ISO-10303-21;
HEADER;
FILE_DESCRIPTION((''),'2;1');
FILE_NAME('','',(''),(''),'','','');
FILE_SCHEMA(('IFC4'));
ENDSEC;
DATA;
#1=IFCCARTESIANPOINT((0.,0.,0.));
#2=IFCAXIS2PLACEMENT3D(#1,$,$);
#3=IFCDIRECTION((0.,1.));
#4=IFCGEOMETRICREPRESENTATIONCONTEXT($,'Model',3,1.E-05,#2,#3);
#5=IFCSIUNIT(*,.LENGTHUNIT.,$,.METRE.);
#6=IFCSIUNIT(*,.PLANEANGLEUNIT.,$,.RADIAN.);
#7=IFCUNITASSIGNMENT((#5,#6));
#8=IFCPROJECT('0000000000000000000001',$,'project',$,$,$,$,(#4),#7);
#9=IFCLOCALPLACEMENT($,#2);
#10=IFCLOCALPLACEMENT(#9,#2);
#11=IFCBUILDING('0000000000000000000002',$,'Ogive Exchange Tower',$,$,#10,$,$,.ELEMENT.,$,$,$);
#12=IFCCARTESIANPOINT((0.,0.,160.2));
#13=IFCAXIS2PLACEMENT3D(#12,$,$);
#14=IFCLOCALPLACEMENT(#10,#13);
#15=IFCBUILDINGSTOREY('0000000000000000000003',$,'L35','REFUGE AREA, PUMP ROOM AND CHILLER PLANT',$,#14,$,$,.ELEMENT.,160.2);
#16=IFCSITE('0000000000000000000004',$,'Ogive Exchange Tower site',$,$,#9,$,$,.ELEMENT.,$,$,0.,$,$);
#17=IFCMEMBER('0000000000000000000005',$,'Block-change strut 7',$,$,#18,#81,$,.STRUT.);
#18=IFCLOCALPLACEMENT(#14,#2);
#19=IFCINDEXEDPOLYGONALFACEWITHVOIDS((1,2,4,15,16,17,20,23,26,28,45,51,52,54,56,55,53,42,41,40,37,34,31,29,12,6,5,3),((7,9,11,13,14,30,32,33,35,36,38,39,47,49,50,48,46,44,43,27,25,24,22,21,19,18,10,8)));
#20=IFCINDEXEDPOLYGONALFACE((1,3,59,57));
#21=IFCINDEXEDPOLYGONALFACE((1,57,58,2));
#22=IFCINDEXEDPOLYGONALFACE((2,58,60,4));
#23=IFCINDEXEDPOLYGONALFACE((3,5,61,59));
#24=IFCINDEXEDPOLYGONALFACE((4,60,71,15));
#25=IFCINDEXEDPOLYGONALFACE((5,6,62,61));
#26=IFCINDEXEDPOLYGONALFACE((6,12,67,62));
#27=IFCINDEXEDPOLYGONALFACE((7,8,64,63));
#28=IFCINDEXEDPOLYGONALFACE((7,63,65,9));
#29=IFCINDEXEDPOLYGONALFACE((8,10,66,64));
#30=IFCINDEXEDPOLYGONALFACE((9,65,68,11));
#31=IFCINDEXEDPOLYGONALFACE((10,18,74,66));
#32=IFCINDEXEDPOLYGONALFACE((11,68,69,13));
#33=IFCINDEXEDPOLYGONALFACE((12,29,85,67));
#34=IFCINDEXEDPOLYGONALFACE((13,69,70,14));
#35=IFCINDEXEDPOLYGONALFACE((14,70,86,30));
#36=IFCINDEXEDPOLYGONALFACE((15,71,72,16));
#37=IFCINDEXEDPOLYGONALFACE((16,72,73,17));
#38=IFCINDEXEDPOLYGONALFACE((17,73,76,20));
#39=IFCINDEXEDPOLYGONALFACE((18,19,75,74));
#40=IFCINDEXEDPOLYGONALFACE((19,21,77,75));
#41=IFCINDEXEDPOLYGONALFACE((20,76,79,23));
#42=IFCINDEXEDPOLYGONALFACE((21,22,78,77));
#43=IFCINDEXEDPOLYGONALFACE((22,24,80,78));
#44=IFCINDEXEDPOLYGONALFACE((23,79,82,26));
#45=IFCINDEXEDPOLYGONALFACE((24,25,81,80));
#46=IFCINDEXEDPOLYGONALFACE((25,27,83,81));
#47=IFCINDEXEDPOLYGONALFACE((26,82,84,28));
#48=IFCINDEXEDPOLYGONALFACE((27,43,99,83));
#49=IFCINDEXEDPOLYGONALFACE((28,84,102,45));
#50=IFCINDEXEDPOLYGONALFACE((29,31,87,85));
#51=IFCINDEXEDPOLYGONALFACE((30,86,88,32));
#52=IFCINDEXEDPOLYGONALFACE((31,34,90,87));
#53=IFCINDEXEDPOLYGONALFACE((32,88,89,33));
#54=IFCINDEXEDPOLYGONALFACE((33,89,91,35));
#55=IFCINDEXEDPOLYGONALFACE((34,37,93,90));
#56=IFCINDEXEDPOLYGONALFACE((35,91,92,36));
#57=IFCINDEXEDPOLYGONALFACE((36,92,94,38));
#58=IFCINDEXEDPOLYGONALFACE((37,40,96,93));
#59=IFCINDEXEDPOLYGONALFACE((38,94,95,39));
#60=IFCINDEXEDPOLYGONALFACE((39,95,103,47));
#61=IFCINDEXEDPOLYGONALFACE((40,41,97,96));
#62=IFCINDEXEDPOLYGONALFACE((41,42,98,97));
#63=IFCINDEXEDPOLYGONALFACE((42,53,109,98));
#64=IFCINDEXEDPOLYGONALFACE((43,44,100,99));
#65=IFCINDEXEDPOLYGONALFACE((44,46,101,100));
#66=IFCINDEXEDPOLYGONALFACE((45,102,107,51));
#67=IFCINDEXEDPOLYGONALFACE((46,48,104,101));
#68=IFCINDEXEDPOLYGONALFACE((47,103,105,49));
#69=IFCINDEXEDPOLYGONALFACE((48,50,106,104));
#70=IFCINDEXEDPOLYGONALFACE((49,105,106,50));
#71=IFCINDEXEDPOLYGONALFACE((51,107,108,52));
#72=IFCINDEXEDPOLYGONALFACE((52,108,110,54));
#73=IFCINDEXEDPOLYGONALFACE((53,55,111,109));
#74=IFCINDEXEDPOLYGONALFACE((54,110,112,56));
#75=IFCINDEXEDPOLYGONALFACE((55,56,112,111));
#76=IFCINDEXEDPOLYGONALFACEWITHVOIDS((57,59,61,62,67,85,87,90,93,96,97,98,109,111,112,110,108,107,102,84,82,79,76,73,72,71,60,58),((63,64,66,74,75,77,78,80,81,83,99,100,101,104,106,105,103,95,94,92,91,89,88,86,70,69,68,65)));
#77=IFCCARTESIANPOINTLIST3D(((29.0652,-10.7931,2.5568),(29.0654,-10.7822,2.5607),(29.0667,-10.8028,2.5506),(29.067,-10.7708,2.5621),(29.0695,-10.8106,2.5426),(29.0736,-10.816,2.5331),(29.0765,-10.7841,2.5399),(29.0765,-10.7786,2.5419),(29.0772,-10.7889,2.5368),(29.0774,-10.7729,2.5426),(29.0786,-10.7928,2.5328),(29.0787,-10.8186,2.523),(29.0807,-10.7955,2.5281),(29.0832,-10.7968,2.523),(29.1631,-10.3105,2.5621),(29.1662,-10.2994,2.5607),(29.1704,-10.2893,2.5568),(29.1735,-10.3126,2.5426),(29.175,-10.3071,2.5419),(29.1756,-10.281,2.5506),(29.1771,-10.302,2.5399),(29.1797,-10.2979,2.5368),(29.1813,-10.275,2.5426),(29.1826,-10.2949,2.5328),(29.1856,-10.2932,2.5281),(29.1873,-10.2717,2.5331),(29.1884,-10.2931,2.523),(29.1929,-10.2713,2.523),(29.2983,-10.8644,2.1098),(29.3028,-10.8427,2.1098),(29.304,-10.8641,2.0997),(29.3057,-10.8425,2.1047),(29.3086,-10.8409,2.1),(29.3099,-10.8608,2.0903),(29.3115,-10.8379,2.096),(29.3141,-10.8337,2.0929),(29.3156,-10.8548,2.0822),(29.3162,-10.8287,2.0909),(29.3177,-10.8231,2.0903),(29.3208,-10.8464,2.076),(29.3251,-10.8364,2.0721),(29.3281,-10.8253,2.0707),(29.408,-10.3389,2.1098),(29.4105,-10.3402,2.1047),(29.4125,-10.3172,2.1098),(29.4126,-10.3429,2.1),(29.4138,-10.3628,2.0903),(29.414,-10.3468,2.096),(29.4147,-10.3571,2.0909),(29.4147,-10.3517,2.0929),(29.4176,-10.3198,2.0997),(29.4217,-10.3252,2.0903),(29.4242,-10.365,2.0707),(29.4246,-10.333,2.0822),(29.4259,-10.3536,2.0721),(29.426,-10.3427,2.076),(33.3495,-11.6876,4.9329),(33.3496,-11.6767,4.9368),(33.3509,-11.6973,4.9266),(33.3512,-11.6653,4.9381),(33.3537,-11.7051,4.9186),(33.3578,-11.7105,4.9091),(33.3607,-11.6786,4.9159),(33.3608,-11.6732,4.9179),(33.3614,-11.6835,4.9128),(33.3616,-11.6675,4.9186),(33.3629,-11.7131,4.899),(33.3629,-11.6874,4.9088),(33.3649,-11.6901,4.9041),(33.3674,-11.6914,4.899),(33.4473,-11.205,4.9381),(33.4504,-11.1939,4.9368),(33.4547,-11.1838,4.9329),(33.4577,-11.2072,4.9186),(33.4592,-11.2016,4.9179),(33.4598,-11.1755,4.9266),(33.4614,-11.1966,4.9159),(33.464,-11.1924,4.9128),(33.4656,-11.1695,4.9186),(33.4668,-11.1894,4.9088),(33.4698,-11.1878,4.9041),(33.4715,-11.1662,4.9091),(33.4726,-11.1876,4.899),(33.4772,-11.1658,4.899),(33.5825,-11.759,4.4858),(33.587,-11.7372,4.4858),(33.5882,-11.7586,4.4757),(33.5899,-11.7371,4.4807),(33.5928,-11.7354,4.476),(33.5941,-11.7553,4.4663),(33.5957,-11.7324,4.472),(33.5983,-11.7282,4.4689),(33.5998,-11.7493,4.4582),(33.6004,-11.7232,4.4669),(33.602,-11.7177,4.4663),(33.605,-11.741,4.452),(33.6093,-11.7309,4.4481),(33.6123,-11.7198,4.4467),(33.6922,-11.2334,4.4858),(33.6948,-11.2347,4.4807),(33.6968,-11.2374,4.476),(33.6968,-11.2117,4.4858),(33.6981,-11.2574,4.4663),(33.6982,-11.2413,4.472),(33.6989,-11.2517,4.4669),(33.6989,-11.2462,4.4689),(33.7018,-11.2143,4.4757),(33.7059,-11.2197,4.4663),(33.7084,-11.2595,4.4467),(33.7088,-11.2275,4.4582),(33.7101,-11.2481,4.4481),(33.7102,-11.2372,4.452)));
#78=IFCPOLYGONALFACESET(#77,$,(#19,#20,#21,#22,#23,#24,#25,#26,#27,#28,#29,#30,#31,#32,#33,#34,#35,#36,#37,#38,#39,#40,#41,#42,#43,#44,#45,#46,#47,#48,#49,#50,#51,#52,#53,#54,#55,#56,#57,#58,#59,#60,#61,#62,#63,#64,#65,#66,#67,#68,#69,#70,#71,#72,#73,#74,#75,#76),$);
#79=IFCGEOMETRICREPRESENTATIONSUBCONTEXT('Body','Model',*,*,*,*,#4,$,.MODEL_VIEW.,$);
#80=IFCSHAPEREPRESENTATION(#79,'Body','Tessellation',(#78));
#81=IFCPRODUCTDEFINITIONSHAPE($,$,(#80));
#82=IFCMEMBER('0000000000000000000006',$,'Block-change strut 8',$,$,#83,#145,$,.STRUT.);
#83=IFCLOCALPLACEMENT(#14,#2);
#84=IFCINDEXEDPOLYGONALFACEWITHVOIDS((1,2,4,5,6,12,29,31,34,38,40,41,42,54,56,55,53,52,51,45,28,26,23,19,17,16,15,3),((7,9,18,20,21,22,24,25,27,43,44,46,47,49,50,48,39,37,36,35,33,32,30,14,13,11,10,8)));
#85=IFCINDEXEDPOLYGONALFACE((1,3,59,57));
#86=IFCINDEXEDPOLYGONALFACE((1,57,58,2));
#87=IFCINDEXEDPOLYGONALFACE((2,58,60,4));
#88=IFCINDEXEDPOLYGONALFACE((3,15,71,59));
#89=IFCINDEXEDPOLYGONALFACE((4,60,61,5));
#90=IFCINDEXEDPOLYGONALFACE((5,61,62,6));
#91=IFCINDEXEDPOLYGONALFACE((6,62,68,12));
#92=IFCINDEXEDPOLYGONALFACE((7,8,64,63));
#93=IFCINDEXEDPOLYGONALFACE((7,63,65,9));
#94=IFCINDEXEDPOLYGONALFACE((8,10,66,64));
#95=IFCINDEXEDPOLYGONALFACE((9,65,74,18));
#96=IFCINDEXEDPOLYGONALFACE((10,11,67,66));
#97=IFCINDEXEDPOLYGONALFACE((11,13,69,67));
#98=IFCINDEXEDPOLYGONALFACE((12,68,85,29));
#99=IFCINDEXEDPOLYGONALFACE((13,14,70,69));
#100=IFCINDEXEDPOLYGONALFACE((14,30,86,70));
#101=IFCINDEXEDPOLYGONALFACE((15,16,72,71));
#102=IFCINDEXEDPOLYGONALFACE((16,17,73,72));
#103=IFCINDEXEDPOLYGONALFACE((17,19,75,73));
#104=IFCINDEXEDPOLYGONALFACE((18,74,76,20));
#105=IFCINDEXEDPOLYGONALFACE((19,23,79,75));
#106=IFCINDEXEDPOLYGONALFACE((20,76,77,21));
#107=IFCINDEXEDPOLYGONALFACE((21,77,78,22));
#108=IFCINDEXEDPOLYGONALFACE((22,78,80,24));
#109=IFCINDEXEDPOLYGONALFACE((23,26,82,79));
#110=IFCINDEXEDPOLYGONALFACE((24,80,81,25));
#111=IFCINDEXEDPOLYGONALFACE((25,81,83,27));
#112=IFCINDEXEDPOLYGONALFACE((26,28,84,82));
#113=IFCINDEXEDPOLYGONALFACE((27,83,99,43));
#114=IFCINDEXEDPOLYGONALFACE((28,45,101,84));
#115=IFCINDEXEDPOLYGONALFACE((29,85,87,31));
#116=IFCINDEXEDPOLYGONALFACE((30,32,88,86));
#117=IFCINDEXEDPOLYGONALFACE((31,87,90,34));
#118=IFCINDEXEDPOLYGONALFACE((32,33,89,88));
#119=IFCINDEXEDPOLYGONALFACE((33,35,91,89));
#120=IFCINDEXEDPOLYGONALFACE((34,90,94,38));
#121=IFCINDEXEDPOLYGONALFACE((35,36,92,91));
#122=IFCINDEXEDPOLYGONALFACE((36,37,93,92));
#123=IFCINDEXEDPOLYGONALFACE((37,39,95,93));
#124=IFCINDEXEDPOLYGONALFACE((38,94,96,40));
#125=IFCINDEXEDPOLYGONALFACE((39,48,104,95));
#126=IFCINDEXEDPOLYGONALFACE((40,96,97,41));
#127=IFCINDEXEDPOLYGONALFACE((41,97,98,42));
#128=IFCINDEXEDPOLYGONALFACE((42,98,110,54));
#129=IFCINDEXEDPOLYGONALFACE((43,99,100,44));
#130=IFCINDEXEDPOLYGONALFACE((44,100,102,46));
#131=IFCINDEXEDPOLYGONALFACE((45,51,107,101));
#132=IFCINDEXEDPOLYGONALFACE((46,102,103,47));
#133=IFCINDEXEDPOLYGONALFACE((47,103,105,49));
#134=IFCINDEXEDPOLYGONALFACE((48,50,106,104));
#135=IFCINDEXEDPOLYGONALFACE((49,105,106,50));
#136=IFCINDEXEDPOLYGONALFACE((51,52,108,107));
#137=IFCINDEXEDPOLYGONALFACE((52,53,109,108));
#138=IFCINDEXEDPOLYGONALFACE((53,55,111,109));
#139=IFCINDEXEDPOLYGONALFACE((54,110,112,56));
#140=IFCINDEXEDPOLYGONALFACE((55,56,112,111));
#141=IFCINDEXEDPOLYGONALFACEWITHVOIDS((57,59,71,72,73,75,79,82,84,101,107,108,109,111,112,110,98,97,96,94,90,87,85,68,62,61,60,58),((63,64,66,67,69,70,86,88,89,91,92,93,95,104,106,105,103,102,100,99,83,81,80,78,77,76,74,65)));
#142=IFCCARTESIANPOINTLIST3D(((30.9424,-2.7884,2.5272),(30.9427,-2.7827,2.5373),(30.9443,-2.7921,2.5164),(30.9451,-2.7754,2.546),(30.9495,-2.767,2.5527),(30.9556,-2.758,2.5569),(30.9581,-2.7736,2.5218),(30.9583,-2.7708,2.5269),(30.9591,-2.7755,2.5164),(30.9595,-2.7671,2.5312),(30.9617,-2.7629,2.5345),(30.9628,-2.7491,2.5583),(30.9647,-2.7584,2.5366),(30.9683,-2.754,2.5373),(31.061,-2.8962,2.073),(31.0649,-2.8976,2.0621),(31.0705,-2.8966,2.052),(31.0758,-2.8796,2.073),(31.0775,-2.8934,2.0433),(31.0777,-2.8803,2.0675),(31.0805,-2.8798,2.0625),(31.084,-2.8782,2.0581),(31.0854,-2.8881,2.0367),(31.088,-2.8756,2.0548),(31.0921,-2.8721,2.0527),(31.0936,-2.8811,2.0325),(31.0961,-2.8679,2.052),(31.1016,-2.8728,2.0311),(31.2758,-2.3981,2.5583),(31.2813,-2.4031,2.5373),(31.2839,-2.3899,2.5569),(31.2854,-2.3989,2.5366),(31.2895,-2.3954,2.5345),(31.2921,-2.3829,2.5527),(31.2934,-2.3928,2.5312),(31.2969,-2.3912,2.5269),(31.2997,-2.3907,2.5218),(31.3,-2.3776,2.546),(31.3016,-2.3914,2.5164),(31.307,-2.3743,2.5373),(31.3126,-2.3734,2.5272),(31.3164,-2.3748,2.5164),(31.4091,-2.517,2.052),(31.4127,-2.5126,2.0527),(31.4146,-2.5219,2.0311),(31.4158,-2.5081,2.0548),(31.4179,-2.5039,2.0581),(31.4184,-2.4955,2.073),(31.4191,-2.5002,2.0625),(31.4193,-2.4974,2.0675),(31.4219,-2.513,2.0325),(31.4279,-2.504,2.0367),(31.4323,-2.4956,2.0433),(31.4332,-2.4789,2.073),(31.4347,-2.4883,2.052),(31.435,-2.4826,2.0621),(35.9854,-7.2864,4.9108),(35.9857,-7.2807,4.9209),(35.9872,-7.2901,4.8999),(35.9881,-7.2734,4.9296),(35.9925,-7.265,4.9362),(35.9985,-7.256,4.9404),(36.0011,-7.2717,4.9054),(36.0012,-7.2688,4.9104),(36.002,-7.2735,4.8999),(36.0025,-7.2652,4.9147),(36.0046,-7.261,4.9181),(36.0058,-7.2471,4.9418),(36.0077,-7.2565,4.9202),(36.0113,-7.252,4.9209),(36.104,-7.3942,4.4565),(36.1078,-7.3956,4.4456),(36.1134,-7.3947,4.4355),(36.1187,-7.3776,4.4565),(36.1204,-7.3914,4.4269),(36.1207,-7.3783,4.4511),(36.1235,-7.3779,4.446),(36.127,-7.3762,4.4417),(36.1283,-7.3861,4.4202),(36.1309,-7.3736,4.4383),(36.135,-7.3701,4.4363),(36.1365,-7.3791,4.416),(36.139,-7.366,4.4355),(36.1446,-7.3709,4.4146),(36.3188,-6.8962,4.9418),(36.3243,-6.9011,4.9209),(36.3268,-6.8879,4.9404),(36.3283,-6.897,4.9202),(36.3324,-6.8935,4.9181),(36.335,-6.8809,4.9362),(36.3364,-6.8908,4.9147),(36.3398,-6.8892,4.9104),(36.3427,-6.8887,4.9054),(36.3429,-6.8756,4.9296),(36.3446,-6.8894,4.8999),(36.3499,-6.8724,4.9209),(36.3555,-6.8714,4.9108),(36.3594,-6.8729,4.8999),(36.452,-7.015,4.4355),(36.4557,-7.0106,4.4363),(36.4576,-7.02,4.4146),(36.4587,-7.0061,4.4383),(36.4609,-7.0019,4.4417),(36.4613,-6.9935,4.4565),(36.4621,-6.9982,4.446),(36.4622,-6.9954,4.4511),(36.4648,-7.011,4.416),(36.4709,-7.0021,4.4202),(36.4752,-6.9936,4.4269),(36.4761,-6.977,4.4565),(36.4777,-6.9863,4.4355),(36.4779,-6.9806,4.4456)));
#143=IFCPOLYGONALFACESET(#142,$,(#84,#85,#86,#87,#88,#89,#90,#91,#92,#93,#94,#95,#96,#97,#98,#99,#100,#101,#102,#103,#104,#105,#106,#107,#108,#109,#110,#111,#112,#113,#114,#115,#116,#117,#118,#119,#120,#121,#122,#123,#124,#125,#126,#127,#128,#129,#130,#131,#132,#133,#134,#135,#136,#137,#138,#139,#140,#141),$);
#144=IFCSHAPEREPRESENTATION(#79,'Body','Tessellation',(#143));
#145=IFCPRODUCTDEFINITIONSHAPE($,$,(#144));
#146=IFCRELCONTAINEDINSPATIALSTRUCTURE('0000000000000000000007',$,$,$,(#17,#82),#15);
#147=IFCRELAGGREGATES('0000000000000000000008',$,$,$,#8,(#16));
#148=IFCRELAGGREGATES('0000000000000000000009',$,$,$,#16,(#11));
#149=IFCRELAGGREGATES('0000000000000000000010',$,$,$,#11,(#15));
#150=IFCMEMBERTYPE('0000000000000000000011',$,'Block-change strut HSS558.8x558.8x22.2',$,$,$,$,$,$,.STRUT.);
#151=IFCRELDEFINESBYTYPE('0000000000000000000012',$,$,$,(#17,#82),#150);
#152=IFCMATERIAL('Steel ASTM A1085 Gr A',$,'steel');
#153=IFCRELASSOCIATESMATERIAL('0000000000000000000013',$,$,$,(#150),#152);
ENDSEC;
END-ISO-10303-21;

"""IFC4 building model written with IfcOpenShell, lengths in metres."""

from ifc_helpers import new_model, si_unit, direction, frame, origin, origin_2d, place, context, subcontext, project, spatial, hollow_rectangle, extrude, material, material_profile, profile_set, type_object, element, save


model = new_model("IFC4")

# Units and contexts
model_context = context("Model", 3, precision=1e-05, world=origin(), true_north=direction((0.0, 1.0)))
body_context = subcontext(model_context, "Body", "Model", "MODEL_VIEW")
ifc_project = project(units=[si_unit("LENGTHUNIT", "METRE"), si_unit("PLANEANGLEUNIT", "RADIAN")], contexts=[model_context])

# Site, building, storey
site_placement = place(None, origin())
site = spatial("IfcSite", under=ifc_project, at=site_placement, Name="Ogive Exchange Tower site", CompositionType="ELEMENT", RefElevation=0.0)
building_placement = place(site_placement, origin())
building = spatial("IfcBuilding", under=site, at=building_placement, Name="Ogive Exchange Tower", CompositionType="ELEMENT")
storey_placement = place(building_placement, frame((0.0, 0.0, 160.2)))
storey = spatial("IfcBuildingStorey", under=building, at=storey_placement, Name="L35", Description="REFUGE AREA, PUMP ROOM AND CHILLER PLANT", CompositionType="ELEMENT", Elevation=160.2)

# Shared definitions
ifc_material_1 = material(Name="Steel ASTM A1085 Gr A", Category="steel")

# Members
ifc_material_profile_1 = material_profile(ifc_material_1, hollow_rectangle(XDim=0.5591, YDim=0.5591, WallThickness=0.0222, InnerFilletRadius=0.0222, OuterFilletRadius=0.0444, at=origin_2d()), Name="HSS558.8x558.8x22.2")
ifc_profile_set_1 = profile_set([ifc_material_profile_1], Name="Steel ASTM A1085 Gr A")
member_type_1 = type_object("IfcMemberType", Name="Block-change strut HSS558.8x558.8x22.2", PredefinedType="STRUT", material=ifc_profile_set_1)
member_1_placement = place(storey_placement, frame((29.2456, -10.5679, 2.3164), z_axis=(0.86029, -0.179627, 0.477111), x_axis=(0.204391, 0.978889, 0.0)))
element("IfcMember", 1, at=member_1_placement, inside=storey, type_object=member_type_1, Name="Block-change strut 7", PredefinedType="STRUT", context=body_context, shape_type="SweptSolid", body=[
    extrude(hollow_rectangle(XDim=0.5591, YDim=0.5591, WallThickness=0.0222, InnerFilletRadius=0.0222, OuterFilletRadius=0.0444, at=origin_2d()), origin(), (0.0, 0.0, 1.0), 4.98),
])
member_2_placement = place(storey_placement, frame((31.1887, -2.6355, 2.2947), z_axis=(0.703779, -0.627731, 0.332639), x_axis=(0.665637, 0.746276, 0.0)))
element("IfcMember", 2, at=member_2_placement, inside=storey, type_object=member_type_1, Name="Block-change strut 8", PredefinedType="STRUT", context=body_context, shape_type="SweptSolid", body=[
    extrude(hollow_rectangle(XDim=0.5591, YDim=0.5591, WallThickness=0.0222, InnerFilletRadius=0.0222, OuterFilletRadius=0.0444, at=origin_2d()), origin(), (0.0, 0.0, 1.0), 7.1655),
])

save(model, "model.ifc")
